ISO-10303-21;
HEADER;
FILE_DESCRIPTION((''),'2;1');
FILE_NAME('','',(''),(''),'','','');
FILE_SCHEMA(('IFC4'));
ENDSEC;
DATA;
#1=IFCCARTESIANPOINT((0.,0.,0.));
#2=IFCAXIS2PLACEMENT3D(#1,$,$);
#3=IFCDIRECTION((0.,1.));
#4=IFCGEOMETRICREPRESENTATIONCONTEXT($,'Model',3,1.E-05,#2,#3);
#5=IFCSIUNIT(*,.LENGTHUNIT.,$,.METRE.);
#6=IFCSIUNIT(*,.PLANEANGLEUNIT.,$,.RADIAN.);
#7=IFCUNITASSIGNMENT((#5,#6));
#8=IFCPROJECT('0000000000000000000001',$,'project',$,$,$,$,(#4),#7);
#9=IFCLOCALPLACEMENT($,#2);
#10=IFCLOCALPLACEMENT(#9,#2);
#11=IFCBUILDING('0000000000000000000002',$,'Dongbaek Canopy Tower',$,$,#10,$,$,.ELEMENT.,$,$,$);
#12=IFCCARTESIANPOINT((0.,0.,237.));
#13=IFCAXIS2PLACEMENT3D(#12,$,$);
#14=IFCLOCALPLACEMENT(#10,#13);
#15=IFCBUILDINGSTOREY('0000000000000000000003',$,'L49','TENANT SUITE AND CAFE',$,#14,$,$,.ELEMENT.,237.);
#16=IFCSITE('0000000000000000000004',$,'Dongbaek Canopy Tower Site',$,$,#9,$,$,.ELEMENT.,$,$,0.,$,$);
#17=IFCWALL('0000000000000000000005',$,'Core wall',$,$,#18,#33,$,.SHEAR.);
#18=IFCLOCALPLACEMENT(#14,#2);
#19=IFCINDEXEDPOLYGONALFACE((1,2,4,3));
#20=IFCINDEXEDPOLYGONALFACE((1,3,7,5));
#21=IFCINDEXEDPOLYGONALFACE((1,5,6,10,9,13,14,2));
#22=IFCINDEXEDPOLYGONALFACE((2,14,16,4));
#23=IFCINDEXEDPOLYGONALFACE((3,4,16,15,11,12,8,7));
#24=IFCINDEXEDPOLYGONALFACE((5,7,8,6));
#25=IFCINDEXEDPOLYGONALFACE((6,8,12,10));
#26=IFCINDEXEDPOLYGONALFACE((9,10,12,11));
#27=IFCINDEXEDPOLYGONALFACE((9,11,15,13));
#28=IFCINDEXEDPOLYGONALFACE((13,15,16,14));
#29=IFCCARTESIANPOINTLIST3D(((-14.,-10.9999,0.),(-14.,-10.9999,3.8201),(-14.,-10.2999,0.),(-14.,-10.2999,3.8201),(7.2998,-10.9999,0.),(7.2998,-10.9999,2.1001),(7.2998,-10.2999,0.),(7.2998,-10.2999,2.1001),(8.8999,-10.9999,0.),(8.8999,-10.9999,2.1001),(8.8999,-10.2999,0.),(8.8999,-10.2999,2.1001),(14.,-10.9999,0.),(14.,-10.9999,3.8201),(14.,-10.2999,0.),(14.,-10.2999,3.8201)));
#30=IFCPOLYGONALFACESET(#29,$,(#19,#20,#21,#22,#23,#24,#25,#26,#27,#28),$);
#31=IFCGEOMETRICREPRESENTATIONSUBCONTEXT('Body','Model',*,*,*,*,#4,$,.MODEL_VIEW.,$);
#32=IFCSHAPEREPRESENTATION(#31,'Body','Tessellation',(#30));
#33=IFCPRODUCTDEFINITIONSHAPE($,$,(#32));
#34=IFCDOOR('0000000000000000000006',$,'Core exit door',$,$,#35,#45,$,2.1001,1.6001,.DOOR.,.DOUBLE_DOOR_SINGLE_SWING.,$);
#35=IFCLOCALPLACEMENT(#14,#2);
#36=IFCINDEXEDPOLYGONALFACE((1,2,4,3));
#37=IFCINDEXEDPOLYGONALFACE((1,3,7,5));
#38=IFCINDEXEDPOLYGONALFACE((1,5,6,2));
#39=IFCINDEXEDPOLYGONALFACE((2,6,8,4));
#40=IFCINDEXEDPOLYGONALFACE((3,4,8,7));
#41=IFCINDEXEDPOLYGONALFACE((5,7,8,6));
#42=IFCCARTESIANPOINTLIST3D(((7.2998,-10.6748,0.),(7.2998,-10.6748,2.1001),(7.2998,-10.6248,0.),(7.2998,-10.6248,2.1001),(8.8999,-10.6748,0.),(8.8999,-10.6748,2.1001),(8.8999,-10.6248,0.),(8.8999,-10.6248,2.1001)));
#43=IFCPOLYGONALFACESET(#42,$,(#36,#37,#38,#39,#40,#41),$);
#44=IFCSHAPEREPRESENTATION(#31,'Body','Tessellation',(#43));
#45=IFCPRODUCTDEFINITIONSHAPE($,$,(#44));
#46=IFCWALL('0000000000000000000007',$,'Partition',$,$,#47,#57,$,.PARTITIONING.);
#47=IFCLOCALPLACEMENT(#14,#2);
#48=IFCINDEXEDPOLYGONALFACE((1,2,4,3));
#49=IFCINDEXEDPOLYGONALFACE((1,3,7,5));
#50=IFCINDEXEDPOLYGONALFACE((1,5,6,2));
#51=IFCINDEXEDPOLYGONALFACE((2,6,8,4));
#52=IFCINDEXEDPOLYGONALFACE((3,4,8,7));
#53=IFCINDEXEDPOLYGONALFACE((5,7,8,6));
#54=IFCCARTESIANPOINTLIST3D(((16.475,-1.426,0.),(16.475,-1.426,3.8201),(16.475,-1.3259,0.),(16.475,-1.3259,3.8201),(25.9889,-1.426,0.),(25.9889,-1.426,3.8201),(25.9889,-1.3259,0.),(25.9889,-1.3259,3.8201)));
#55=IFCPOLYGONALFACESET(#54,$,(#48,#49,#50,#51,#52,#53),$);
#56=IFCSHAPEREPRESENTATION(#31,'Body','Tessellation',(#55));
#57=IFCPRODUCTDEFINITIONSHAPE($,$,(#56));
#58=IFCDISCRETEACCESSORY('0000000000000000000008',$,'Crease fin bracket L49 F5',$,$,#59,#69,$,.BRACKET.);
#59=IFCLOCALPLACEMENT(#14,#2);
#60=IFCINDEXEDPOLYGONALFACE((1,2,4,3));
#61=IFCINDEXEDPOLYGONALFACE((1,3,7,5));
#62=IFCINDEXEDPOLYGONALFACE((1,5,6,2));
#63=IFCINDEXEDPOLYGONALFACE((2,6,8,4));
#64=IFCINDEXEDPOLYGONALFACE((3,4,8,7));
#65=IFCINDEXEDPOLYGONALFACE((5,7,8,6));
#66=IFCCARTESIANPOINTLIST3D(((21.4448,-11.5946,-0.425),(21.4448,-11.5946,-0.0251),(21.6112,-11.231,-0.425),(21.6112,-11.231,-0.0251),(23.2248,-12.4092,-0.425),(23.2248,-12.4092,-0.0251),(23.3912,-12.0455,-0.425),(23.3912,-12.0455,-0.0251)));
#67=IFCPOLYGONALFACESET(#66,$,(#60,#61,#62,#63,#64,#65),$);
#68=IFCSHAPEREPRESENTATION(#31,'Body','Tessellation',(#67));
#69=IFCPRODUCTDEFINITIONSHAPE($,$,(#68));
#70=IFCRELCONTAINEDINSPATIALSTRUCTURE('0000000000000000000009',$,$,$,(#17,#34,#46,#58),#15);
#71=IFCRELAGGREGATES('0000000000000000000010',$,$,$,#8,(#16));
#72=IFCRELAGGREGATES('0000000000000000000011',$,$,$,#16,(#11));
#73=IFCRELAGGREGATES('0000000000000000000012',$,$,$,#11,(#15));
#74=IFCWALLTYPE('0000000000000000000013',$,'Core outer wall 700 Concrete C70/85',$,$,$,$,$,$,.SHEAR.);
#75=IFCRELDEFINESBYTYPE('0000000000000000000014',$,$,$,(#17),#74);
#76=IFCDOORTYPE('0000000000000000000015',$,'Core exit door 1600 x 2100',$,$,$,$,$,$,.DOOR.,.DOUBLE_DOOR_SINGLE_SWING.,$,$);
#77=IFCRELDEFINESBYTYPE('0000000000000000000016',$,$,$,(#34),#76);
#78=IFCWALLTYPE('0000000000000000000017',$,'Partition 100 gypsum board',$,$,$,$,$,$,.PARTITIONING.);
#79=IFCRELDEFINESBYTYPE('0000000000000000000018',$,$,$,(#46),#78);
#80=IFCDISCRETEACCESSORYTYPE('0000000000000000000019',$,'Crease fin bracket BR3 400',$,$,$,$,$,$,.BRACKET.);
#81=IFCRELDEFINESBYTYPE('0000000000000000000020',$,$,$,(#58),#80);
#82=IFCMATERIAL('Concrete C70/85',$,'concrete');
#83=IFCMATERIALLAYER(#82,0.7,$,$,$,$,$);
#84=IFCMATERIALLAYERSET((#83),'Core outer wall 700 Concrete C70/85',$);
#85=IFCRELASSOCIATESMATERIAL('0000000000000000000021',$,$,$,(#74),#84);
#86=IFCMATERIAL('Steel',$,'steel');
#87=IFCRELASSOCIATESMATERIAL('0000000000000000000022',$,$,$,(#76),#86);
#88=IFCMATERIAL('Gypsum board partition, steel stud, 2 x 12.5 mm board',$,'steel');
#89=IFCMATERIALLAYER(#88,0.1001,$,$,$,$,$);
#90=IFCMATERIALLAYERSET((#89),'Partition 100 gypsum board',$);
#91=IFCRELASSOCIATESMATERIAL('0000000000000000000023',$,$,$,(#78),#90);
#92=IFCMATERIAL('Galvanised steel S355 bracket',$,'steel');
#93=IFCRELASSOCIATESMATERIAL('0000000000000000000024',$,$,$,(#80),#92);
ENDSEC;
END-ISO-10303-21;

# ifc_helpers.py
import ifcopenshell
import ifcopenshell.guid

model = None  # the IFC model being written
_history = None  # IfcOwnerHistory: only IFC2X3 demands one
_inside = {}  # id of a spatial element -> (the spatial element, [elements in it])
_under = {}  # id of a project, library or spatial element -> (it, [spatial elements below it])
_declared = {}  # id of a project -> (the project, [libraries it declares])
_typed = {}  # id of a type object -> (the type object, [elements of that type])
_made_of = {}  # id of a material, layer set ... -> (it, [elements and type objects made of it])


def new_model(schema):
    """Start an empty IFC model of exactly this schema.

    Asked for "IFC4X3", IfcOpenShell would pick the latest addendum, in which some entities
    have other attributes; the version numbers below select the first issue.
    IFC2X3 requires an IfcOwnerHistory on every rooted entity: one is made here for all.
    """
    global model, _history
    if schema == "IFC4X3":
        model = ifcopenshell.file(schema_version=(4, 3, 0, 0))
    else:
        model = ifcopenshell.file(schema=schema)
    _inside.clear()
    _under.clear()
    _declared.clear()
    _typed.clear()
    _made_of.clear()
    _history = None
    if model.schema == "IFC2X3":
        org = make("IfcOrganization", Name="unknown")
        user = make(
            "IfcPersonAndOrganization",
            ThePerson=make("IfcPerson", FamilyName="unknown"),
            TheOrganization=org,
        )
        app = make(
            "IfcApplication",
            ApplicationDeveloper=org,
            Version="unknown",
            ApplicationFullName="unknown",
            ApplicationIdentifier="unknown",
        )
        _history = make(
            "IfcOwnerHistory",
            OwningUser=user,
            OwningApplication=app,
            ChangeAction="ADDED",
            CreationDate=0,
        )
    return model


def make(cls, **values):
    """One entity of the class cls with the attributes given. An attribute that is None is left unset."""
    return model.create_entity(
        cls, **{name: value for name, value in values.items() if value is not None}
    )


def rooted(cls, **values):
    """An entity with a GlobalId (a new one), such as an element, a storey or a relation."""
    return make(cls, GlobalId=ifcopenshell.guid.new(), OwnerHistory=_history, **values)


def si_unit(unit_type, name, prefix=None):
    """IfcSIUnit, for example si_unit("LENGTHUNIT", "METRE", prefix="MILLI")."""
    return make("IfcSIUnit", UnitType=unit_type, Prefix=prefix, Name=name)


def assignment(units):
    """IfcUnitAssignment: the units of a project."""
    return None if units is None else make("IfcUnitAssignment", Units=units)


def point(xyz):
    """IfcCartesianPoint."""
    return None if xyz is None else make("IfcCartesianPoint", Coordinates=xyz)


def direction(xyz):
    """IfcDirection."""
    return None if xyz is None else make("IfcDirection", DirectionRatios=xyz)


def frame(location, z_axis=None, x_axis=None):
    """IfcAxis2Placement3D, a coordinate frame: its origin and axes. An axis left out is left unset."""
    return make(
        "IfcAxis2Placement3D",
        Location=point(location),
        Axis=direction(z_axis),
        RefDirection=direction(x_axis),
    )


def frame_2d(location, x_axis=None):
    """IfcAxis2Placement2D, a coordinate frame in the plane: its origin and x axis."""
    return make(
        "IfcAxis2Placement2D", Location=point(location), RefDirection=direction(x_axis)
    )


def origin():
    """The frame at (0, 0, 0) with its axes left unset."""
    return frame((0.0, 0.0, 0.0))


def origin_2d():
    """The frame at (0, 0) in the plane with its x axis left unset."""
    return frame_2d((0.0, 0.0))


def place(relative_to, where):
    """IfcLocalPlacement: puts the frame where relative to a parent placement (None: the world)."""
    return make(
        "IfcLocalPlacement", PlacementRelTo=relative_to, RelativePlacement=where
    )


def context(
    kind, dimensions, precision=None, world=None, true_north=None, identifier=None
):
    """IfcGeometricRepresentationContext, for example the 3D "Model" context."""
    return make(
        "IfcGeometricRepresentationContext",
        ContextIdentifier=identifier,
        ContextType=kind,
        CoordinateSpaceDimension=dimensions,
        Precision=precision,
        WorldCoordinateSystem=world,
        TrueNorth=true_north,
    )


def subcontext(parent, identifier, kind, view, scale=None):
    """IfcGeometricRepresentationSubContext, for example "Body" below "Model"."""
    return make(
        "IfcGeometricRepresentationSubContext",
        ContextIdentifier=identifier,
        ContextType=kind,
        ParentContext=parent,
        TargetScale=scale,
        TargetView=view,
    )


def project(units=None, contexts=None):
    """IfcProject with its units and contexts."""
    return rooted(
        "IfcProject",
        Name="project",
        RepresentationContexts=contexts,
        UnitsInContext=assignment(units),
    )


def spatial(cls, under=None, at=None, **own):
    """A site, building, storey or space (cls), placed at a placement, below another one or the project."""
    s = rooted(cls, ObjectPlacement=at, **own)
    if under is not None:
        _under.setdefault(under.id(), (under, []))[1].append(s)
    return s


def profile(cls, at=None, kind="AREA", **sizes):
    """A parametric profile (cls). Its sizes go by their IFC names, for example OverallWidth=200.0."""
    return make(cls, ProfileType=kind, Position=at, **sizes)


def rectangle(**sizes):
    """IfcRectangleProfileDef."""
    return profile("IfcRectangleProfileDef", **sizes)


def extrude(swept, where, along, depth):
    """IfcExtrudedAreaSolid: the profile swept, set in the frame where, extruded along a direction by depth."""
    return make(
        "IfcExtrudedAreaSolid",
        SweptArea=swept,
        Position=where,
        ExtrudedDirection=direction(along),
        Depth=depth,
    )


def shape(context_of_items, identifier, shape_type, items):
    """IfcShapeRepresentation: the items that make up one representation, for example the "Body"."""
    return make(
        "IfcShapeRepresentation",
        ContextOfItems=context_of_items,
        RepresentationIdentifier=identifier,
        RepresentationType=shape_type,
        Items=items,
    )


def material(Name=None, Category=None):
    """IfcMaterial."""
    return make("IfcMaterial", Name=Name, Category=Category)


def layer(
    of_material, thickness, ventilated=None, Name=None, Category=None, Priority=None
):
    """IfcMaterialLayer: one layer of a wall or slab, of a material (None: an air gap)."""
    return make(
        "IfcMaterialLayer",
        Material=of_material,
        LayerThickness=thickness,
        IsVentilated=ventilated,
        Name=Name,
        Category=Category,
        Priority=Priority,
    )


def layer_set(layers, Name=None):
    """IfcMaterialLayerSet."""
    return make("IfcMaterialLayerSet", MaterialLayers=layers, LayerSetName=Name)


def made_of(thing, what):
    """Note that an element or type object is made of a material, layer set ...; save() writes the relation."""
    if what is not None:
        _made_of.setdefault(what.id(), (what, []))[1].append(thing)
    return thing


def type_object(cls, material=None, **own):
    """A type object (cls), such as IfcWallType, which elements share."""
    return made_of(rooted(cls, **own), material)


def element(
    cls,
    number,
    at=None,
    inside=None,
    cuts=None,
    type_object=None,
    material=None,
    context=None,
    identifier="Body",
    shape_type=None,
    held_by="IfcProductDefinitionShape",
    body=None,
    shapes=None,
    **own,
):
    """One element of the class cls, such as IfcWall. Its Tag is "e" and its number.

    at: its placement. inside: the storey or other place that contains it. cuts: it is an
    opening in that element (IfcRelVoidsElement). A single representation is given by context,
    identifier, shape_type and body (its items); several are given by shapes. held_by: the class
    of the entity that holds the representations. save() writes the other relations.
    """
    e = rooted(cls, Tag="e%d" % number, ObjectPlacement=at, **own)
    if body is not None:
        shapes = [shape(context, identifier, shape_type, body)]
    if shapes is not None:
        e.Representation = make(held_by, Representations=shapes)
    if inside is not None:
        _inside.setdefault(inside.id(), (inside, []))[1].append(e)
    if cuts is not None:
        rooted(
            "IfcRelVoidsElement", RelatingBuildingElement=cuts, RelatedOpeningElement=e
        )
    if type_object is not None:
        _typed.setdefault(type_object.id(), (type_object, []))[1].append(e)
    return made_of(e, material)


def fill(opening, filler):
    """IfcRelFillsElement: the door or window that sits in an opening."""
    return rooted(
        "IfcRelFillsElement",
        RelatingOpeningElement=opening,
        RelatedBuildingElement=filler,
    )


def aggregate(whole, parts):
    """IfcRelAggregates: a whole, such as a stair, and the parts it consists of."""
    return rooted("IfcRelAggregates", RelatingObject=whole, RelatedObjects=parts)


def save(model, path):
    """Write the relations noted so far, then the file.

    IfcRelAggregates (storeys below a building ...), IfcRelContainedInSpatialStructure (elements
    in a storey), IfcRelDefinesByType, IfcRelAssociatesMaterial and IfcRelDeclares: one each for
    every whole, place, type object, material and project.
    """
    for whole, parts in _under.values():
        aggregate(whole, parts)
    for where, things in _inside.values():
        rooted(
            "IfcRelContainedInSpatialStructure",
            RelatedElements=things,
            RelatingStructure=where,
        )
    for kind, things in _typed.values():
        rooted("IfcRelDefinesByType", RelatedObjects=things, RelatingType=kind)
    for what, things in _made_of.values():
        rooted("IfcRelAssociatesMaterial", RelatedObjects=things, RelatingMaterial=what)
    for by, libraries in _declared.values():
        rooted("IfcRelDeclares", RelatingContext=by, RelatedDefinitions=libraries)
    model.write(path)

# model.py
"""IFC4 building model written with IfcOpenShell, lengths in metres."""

from ifc_helpers import new_model, si_unit, direction, frame, frame_2d, origin, origin_2d, place, context, subcontext, project, spatial, rectangle, extrude, material, layer, layer_set, type_object, element, fill, save


model = new_model("IFC4")

# Units and contexts
model_context = context("Model", 3, precision=1e-05, world=origin(), true_north=direction((0.0, 1.0)))
body_context = subcontext(model_context, "Body", "Model", "MODEL_VIEW")
ifc_project = project(units=[si_unit("LENGTHUNIT", "METRE"), si_unit("PLANEANGLEUNIT", "RADIAN")], contexts=[model_context])

# Site, building, storey
site_placement = place(None, origin())
site = spatial("IfcSite", under=ifc_project, at=site_placement, Name="Dongbaek Canopy Tower Site", CompositionType="ELEMENT", RefElevation=0.0)
building_placement = place(site_placement, origin())
building = spatial("IfcBuilding", under=site, at=building_placement, Name="Dongbaek Canopy Tower", CompositionType="ELEMENT")
storey_placement = place(building_placement, frame((0.0, 0.0, 237.0)))
storey = spatial("IfcBuildingStorey", under=building, at=storey_placement, Name="L49", Description="TENANT SUITE AND CAFE", CompositionType="ELEMENT", Elevation=237.0)

# Wall, opening, door
ifc_material_1 = material(Name="Concrete C70/85", Category="concrete")
ifc_layer_1 = layer(ifc_material_1, 0.7)
ifc_layer_set_1 = layer_set([ifc_layer_1], Name="Core outer wall 700 Concrete C70/85")
wall_type_1 = type_object("IfcWallType", Name="Core outer wall 700 Concrete C70/85", PredefinedType="SHEAR", material=ifc_layer_set_1)
wall_1_placement = place(storey_placement, frame((14.0, -10.6499, 0.0), z_axis=(0.0, 0.0, 1.0), x_axis=(-1.0, 0.0, 0.0)))
wall_1 = element("IfcWall", 1, at=wall_1_placement, inside=storey, type_object=wall_type_1, Name="Core wall", PredefinedType="SHEAR", context=body_context, shape_type="SweptSolid", body=[
    extrude(rectangle(XDim=28.0, YDim=0.7, at=frame_2d((14.0, 0.0))), origin(), (0.0, 0.0, 1.0), 3.8201),
])
opening_1_placement = place(wall_1_placement, frame((5.1001, 0.0, 0.0)))
opening_1 = element("IfcOpeningElement", 2, at=opening_1_placement, cuts=wall_1, PredefinedType="OPENING", context=body_context, shape_type="SweptSolid", body=[
    extrude(rectangle(XDim=1.6001, YDim=2.1001, at=frame_2d((0.8, 1.05))), frame((0.0, 0.3599, 0.0), z_axis=(0.0, -1.0, 0.0), x_axis=(1.0, 0.0, 0.0)), (0.0, 0.0, 1.0), 0.72),
])
ifc_material_2 = material(Name="Steel", Category="steel")
door_type_1 = type_object("IfcDoorType", Name="Core exit door 1600 x 2100", OperationType="DOUBLE_DOOR_SINGLE_SWING", PredefinedType="DOOR", material=ifc_material_2)
door_1_placement = place(opening_1_placement, origin())
door_1 = element("IfcDoor", 3, at=door_1_placement, inside=storey, type_object=door_type_1, Name="Core exit door", OperationType="DOUBLE_DOOR_SINGLE_SWING", OverallHeight=2.1001, OverallWidth=1.6001, PredefinedType="DOOR", context=body_context, shape_type="SweptSolid", body=[
    extrude(rectangle(XDim=1.6001, YDim=2.1001, at=frame_2d((0.8, 1.05))), frame((0.0, 0.0249, 0.0), z_axis=(0.0, -1.0, 0.0), x_axis=(1.0, 0.0, 0.0)), (0.0, 0.0, 1.0), 0.05),
])
fill(opening_1, door_1)

# Wall
ifc_material_3 = material(Name="Gypsum board partition, steel stud, 2 x 12.5 mm board", Category="steel")
ifc_layer_2 = layer(ifc_material_3, 0.1001)
ifc_layer_set_2 = layer_set([ifc_layer_2], Name="Partition 100 gypsum board")
wall_type_2 = type_object("IfcWallType", Name="Partition 100 gypsum board", PredefinedType="PARTITIONING", material=ifc_layer_set_2)
wall_2_placement = place(storey_placement, frame((16.4751, -1.376, 0.0), z_axis=(0.0, 0.0, 1.0), x_axis=(1.0, 0.0, 0.0)))
element("IfcWall", 4, at=wall_2_placement, inside=storey, type_object=wall_type_2, Name="Partition", PredefinedType="PARTITIONING", context=body_context, shape_type="SweptSolid", body=[
    extrude(rectangle(XDim=9.5139, YDim=0.1001, at=frame_2d((4.7568, 0.0))), origin(), (0.0, 0.0, 1.0), 3.8201),
])

# Discrete accessory
ifc_material_4 = material(Name="Galvanised steel S355 bracket", Category="steel")
discrete_accessory_type = type_object("IfcDiscreteAccessoryType", Name="Crease fin bracket BR3 400", PredefinedType="BRACKET", material=ifc_material_4)
discrete_accessory_placement = place(storey_placement, frame((22.418, -11.8201, -0.425), z_axis=(0.0, 0.0, 1.0), x_axis=(0.909313, -0.416113, 0.0)))
element("IfcDiscreteAccessory", 5, at=discrete_accessory_placement, inside=storey, type_object=discrete_accessory_type, Name="Crease fin bracket L49 F5", PredefinedType="BRACKET", context=body_context, shape_type="SweptSolid", body=[
    extrude(rectangle(XDim=1.9575, YDim=0.3999, at=origin_2d()), origin(), (0.0, 0.0, 1.0), 0.3999),
])

save(model, "model.ifc")
